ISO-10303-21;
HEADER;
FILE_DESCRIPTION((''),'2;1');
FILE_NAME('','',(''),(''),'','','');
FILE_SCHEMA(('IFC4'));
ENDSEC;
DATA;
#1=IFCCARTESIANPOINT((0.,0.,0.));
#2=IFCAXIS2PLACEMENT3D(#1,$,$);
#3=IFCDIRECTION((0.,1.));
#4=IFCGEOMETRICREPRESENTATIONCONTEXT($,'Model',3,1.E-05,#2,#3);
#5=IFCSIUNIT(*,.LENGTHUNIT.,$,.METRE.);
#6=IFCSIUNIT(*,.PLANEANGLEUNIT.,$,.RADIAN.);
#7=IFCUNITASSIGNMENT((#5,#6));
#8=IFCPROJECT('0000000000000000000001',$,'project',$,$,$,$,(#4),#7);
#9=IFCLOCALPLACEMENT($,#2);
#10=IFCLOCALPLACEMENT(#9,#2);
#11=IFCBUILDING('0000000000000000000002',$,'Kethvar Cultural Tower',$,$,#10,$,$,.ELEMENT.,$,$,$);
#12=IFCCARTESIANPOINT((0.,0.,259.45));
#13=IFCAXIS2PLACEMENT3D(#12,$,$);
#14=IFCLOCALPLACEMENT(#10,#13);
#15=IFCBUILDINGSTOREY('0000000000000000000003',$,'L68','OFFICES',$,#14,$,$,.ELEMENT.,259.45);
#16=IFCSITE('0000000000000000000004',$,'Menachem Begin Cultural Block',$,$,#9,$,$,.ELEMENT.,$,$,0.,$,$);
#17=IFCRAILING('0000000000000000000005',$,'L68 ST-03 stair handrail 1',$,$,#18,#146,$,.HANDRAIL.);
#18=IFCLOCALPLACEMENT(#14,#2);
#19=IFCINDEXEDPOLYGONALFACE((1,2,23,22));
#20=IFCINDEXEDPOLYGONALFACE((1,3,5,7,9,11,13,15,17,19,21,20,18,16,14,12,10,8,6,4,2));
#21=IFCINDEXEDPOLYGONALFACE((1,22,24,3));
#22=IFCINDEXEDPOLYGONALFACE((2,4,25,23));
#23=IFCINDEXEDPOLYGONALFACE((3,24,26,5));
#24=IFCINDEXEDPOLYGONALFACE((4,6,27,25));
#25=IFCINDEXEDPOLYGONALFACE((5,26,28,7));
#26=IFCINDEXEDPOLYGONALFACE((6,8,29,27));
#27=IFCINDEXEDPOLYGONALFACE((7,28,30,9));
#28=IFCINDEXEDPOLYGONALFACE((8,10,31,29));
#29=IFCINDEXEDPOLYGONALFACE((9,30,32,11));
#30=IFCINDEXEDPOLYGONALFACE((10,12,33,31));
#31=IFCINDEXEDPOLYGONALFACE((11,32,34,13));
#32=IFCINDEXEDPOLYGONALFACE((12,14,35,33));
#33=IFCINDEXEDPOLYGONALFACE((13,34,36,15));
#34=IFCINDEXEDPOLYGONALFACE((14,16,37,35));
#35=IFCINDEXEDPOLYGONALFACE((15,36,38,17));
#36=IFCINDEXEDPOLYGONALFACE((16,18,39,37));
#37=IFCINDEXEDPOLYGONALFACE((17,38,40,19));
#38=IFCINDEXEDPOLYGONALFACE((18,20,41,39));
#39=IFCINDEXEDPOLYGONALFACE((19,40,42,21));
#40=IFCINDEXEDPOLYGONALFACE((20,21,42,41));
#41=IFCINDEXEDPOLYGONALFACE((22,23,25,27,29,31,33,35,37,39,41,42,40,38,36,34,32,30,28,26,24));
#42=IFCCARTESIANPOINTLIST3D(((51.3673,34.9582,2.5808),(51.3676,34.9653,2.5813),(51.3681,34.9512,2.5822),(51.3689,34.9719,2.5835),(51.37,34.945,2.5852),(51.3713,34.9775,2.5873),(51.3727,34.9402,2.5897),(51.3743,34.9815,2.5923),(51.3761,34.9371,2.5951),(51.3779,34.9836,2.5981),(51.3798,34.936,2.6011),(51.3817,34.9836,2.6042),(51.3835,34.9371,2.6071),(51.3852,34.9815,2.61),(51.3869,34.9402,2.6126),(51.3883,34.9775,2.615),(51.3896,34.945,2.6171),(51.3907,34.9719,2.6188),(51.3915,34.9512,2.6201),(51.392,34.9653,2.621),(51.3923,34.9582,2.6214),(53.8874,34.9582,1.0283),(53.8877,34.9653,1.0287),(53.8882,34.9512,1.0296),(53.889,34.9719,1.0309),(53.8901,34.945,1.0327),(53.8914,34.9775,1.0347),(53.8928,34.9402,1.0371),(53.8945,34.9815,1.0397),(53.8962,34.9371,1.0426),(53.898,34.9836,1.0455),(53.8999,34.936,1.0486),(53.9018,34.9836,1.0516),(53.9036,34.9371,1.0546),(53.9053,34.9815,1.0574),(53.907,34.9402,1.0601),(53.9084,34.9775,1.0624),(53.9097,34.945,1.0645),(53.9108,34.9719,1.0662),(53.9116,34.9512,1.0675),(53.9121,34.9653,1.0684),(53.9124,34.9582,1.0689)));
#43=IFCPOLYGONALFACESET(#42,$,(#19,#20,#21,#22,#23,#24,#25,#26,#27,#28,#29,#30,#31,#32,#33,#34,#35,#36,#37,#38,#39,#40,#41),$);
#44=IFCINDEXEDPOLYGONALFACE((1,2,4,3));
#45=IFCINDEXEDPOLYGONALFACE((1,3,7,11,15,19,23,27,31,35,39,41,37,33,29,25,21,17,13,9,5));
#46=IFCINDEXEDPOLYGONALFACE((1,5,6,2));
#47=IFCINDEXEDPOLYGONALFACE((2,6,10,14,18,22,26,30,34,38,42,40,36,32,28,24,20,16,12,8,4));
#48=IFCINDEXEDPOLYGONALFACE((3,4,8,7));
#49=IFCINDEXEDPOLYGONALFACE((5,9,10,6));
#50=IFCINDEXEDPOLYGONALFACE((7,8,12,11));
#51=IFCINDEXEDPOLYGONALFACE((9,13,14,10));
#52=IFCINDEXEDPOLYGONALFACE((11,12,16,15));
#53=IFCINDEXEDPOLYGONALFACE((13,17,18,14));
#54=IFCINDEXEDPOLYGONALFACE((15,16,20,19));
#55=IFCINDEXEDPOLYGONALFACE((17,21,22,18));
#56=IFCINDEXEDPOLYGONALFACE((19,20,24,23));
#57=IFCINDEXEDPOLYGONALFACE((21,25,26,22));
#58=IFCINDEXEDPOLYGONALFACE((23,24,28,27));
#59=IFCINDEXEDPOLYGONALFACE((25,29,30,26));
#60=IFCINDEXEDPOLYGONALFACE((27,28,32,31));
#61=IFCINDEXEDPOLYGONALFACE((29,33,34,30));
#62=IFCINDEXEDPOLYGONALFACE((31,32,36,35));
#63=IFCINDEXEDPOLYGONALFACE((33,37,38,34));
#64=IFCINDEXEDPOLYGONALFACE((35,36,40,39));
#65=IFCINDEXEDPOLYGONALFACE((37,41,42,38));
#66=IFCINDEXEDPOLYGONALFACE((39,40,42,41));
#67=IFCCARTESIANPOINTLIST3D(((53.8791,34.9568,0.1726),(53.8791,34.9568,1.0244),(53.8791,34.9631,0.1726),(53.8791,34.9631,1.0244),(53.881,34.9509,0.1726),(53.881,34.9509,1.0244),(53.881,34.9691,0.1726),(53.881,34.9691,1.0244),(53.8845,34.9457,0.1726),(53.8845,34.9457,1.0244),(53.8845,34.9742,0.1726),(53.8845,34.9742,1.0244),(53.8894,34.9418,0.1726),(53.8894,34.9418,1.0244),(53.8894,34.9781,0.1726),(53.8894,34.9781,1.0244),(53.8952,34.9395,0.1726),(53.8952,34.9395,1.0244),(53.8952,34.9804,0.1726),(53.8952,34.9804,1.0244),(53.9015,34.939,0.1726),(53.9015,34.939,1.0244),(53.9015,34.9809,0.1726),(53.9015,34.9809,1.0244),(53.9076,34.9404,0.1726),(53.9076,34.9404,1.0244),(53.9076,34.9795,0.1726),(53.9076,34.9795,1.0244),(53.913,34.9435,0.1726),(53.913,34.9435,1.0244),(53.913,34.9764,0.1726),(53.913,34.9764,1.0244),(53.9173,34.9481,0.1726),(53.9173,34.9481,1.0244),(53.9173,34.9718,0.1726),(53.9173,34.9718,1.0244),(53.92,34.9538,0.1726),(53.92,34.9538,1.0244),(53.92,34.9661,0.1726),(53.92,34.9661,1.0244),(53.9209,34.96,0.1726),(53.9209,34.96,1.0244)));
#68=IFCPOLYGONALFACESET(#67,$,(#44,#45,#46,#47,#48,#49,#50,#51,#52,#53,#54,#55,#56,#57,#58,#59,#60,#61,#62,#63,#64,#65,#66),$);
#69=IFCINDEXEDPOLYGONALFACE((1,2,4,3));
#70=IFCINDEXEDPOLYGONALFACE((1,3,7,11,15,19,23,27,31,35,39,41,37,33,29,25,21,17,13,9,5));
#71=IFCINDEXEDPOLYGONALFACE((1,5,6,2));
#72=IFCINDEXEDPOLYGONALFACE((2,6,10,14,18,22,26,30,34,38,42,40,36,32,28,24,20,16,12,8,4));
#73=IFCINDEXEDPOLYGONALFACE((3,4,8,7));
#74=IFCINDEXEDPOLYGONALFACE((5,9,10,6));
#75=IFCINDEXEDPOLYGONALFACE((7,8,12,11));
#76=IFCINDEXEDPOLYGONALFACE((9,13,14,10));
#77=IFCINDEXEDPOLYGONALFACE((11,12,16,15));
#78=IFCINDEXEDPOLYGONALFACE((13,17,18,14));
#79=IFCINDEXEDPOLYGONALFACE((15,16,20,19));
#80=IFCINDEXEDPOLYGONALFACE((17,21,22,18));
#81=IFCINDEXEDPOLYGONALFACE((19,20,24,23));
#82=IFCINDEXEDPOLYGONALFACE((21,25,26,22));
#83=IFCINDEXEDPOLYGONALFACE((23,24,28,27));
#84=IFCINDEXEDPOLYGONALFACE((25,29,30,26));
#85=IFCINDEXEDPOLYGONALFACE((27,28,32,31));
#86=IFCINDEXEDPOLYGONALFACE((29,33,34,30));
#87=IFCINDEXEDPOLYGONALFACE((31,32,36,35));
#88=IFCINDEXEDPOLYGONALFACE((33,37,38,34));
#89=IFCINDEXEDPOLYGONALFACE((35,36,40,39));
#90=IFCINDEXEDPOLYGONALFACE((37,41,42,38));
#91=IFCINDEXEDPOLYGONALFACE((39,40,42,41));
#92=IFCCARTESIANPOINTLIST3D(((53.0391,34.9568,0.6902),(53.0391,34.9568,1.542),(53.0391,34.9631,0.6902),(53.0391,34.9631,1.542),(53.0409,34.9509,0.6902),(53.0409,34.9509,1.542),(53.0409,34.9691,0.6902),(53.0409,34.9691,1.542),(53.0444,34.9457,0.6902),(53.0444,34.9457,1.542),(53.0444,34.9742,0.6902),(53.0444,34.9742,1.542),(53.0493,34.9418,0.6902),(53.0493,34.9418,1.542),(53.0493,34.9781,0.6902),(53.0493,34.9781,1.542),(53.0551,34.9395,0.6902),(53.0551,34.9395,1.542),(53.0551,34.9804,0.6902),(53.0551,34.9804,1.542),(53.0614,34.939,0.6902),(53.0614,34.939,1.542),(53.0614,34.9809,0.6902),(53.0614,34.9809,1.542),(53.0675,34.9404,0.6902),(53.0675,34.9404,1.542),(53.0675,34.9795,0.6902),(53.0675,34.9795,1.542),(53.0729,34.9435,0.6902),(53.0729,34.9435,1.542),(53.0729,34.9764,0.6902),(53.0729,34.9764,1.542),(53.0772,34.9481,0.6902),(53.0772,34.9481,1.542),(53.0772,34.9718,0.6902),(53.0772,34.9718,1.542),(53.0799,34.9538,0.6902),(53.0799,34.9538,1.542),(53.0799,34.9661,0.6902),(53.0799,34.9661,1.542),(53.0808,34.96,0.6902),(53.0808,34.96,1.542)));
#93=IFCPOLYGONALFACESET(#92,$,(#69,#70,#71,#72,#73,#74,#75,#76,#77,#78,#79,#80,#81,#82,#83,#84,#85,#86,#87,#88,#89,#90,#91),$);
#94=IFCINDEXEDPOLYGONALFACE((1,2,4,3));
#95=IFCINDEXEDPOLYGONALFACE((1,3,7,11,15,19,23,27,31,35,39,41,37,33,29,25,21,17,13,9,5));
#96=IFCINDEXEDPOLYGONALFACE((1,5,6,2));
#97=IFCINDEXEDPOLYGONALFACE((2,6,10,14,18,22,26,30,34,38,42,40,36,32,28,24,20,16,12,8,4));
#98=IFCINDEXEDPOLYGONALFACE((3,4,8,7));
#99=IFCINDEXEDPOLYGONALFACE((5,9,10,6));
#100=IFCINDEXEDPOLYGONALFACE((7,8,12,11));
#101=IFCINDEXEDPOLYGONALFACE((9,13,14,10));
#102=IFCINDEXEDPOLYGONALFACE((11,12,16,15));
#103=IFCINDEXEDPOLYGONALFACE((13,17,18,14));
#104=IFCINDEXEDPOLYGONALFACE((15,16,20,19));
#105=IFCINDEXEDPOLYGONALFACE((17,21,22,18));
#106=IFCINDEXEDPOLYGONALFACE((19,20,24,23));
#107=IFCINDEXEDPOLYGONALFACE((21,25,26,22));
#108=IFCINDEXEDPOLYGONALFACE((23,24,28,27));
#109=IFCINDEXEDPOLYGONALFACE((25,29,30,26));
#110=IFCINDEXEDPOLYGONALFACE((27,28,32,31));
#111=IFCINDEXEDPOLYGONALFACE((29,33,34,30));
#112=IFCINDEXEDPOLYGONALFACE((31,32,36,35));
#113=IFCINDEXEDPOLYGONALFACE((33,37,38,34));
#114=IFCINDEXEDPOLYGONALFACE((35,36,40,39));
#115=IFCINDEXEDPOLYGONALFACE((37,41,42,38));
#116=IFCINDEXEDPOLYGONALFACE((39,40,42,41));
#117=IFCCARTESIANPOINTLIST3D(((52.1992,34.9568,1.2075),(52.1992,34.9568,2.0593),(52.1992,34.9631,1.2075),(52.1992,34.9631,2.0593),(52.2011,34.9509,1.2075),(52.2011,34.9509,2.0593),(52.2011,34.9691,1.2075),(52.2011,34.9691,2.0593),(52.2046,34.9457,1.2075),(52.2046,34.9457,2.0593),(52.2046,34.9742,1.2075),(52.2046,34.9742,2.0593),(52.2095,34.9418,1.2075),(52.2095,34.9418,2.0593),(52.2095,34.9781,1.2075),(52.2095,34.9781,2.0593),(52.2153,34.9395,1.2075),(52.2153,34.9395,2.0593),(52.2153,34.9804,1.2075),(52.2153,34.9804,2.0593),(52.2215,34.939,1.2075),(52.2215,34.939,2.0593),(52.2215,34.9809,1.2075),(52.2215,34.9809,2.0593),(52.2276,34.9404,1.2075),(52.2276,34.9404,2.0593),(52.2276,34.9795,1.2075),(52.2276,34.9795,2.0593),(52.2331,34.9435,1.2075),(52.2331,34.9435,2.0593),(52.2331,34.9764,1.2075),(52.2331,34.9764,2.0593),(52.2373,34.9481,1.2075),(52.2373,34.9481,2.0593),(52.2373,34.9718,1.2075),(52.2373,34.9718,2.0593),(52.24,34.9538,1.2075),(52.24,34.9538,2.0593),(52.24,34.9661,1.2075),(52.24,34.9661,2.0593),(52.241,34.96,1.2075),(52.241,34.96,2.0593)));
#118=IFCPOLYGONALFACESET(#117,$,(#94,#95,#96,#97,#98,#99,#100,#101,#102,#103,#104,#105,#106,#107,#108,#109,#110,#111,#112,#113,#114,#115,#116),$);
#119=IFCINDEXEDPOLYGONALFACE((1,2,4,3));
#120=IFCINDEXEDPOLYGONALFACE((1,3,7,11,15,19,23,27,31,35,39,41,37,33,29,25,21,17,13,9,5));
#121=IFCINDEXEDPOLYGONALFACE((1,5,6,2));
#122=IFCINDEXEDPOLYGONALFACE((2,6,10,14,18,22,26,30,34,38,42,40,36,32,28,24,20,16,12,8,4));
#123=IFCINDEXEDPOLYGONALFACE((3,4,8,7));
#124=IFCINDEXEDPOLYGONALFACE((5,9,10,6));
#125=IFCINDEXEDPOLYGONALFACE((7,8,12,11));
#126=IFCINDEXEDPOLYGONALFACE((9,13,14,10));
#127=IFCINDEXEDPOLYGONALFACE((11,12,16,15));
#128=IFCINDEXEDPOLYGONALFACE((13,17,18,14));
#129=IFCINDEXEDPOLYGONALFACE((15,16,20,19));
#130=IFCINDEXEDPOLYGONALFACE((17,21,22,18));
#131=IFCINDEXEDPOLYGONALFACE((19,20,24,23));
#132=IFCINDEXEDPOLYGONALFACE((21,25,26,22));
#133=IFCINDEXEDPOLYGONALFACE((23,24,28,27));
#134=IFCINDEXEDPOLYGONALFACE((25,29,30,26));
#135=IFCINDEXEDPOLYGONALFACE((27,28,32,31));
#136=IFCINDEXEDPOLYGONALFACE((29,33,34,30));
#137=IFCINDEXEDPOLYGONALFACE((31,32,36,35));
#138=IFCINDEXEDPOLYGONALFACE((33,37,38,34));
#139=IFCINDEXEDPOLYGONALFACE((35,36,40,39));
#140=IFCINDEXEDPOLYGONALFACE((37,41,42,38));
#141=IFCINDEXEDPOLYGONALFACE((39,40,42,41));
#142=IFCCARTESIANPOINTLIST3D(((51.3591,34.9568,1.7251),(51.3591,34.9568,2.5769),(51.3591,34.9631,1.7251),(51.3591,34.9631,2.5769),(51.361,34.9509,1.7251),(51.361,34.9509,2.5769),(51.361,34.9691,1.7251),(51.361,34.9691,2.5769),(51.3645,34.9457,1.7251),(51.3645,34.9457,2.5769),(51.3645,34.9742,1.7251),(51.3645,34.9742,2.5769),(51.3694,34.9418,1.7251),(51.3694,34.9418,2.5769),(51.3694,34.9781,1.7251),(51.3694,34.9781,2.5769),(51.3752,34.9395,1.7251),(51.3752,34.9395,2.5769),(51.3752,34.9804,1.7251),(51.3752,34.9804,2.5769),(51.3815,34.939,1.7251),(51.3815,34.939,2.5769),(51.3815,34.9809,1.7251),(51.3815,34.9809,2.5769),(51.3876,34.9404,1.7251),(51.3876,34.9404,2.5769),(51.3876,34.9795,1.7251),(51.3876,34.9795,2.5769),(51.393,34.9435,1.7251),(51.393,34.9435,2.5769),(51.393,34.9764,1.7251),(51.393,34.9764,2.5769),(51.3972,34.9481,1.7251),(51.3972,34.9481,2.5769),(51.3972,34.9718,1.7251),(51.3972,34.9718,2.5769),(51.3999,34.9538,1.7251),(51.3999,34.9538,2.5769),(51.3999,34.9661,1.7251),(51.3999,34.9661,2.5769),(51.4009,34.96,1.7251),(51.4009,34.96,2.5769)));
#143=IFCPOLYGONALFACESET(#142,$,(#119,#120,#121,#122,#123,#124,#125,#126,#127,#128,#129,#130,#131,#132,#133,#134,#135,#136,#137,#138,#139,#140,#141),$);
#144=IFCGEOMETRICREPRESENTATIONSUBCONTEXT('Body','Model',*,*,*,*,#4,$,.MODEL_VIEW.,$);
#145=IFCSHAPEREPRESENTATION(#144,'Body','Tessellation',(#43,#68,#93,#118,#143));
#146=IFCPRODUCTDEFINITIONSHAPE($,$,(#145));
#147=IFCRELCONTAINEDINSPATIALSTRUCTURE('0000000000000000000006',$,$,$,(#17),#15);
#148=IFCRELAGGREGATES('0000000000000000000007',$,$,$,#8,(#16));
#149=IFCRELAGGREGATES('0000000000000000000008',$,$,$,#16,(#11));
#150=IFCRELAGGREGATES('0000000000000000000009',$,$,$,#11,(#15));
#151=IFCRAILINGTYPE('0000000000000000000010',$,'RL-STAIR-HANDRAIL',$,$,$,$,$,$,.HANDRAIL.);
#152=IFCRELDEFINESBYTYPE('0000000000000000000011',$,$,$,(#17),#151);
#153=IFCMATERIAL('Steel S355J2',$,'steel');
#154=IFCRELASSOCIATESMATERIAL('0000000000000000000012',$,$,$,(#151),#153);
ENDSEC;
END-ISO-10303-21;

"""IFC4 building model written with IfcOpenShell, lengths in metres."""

from ifc_helpers import new_model, si_unit, direction, frame, origin, origin_2d, place, context, subcontext, project, spatial, circle, extrude, material, type_object, element, save


model = new_model("IFC4")

# Units and contexts
model_context = context("Model", 3, precision=1e-05, world=origin(), true_north=direction((0.0, 1.0)))
body_context = subcontext(model_context, "Body", "Model", "MODEL_VIEW")
ifc_project = project(units=[si_unit("LENGTHUNIT", "METRE"), si_unit("PLANEANGLEUNIT", "RADIAN")], contexts=[model_context])

# Site, building, storey
site_placement = place(None, origin())
site = spatial("IfcSite", under=ifc_project, at=site_placement, Name="Menachem Begin Cultural Block", CompositionType="ELEMENT", RefElevation=0.0)
building_placement = place(site_placement, origin())
building = spatial("IfcBuilding", under=site, at=building_placement, Name="Kethvar Cultural Tower", CompositionType="ELEMENT")
storey_placement = place(building_placement, frame((0.0, 0.0, 259.45)))
storey = spatial("IfcBuildingStorey", under=building, at=storey_placement, Name="L68", Description="OFFICES", CompositionType="ELEMENT", Elevation=259.45)

# Shared definitions
ifc_material_1 = material(Name="Steel S355J2", Category="steel")

# Railing
railing_type_1 = type_object("IfcRailingType", Name="RL-STAIR-HANDRAIL", PredefinedType="HANDRAIL", material=ifc_material_1)
railing_1_placement = place(storey_placement, frame((53.8999, 34.96, 0.1726)))
element("IfcRailing", 1, at=railing_1_placement, inside=storey, type_object=railing_type_1, Name="L68 ST-03 stair handrail 1", PredefinedType="HANDRAIL", context=body_context, shape_type="SweptSolid", body=[
    extrude(circle(Radius=0.0239, at=origin_2d()), frame((0.0, 0.0, 0.876), z_axis=(-0.8514, 0.0, 0.524516), x_axis=(0.0, -1.0, 0.0)), (0.0, 0.0, 1.0), 2.96),
    extrude(circle(Radius=0.021, at=origin_2d()), origin(), (0.0, 0.0, 1.0), 0.8518),
    extrude(circle(Radius=0.021, at=origin_2d()), frame((-0.8401, 0.0, 0.5176)), (0.0, 0.0, 1.0), 0.8518),
    extrude(circle(Radius=0.021, at=origin_2d()), frame((-1.6799, 0.0, 1.0349)), (0.0, 0.0, 1.0), 0.8518),
    extrude(circle(Radius=0.021, at=origin_2d()), frame((-2.52, 0.0, 1.5525)), (0.0, 0.0, 1.0), 0.8518),
])

save(model, "model.ifc")
